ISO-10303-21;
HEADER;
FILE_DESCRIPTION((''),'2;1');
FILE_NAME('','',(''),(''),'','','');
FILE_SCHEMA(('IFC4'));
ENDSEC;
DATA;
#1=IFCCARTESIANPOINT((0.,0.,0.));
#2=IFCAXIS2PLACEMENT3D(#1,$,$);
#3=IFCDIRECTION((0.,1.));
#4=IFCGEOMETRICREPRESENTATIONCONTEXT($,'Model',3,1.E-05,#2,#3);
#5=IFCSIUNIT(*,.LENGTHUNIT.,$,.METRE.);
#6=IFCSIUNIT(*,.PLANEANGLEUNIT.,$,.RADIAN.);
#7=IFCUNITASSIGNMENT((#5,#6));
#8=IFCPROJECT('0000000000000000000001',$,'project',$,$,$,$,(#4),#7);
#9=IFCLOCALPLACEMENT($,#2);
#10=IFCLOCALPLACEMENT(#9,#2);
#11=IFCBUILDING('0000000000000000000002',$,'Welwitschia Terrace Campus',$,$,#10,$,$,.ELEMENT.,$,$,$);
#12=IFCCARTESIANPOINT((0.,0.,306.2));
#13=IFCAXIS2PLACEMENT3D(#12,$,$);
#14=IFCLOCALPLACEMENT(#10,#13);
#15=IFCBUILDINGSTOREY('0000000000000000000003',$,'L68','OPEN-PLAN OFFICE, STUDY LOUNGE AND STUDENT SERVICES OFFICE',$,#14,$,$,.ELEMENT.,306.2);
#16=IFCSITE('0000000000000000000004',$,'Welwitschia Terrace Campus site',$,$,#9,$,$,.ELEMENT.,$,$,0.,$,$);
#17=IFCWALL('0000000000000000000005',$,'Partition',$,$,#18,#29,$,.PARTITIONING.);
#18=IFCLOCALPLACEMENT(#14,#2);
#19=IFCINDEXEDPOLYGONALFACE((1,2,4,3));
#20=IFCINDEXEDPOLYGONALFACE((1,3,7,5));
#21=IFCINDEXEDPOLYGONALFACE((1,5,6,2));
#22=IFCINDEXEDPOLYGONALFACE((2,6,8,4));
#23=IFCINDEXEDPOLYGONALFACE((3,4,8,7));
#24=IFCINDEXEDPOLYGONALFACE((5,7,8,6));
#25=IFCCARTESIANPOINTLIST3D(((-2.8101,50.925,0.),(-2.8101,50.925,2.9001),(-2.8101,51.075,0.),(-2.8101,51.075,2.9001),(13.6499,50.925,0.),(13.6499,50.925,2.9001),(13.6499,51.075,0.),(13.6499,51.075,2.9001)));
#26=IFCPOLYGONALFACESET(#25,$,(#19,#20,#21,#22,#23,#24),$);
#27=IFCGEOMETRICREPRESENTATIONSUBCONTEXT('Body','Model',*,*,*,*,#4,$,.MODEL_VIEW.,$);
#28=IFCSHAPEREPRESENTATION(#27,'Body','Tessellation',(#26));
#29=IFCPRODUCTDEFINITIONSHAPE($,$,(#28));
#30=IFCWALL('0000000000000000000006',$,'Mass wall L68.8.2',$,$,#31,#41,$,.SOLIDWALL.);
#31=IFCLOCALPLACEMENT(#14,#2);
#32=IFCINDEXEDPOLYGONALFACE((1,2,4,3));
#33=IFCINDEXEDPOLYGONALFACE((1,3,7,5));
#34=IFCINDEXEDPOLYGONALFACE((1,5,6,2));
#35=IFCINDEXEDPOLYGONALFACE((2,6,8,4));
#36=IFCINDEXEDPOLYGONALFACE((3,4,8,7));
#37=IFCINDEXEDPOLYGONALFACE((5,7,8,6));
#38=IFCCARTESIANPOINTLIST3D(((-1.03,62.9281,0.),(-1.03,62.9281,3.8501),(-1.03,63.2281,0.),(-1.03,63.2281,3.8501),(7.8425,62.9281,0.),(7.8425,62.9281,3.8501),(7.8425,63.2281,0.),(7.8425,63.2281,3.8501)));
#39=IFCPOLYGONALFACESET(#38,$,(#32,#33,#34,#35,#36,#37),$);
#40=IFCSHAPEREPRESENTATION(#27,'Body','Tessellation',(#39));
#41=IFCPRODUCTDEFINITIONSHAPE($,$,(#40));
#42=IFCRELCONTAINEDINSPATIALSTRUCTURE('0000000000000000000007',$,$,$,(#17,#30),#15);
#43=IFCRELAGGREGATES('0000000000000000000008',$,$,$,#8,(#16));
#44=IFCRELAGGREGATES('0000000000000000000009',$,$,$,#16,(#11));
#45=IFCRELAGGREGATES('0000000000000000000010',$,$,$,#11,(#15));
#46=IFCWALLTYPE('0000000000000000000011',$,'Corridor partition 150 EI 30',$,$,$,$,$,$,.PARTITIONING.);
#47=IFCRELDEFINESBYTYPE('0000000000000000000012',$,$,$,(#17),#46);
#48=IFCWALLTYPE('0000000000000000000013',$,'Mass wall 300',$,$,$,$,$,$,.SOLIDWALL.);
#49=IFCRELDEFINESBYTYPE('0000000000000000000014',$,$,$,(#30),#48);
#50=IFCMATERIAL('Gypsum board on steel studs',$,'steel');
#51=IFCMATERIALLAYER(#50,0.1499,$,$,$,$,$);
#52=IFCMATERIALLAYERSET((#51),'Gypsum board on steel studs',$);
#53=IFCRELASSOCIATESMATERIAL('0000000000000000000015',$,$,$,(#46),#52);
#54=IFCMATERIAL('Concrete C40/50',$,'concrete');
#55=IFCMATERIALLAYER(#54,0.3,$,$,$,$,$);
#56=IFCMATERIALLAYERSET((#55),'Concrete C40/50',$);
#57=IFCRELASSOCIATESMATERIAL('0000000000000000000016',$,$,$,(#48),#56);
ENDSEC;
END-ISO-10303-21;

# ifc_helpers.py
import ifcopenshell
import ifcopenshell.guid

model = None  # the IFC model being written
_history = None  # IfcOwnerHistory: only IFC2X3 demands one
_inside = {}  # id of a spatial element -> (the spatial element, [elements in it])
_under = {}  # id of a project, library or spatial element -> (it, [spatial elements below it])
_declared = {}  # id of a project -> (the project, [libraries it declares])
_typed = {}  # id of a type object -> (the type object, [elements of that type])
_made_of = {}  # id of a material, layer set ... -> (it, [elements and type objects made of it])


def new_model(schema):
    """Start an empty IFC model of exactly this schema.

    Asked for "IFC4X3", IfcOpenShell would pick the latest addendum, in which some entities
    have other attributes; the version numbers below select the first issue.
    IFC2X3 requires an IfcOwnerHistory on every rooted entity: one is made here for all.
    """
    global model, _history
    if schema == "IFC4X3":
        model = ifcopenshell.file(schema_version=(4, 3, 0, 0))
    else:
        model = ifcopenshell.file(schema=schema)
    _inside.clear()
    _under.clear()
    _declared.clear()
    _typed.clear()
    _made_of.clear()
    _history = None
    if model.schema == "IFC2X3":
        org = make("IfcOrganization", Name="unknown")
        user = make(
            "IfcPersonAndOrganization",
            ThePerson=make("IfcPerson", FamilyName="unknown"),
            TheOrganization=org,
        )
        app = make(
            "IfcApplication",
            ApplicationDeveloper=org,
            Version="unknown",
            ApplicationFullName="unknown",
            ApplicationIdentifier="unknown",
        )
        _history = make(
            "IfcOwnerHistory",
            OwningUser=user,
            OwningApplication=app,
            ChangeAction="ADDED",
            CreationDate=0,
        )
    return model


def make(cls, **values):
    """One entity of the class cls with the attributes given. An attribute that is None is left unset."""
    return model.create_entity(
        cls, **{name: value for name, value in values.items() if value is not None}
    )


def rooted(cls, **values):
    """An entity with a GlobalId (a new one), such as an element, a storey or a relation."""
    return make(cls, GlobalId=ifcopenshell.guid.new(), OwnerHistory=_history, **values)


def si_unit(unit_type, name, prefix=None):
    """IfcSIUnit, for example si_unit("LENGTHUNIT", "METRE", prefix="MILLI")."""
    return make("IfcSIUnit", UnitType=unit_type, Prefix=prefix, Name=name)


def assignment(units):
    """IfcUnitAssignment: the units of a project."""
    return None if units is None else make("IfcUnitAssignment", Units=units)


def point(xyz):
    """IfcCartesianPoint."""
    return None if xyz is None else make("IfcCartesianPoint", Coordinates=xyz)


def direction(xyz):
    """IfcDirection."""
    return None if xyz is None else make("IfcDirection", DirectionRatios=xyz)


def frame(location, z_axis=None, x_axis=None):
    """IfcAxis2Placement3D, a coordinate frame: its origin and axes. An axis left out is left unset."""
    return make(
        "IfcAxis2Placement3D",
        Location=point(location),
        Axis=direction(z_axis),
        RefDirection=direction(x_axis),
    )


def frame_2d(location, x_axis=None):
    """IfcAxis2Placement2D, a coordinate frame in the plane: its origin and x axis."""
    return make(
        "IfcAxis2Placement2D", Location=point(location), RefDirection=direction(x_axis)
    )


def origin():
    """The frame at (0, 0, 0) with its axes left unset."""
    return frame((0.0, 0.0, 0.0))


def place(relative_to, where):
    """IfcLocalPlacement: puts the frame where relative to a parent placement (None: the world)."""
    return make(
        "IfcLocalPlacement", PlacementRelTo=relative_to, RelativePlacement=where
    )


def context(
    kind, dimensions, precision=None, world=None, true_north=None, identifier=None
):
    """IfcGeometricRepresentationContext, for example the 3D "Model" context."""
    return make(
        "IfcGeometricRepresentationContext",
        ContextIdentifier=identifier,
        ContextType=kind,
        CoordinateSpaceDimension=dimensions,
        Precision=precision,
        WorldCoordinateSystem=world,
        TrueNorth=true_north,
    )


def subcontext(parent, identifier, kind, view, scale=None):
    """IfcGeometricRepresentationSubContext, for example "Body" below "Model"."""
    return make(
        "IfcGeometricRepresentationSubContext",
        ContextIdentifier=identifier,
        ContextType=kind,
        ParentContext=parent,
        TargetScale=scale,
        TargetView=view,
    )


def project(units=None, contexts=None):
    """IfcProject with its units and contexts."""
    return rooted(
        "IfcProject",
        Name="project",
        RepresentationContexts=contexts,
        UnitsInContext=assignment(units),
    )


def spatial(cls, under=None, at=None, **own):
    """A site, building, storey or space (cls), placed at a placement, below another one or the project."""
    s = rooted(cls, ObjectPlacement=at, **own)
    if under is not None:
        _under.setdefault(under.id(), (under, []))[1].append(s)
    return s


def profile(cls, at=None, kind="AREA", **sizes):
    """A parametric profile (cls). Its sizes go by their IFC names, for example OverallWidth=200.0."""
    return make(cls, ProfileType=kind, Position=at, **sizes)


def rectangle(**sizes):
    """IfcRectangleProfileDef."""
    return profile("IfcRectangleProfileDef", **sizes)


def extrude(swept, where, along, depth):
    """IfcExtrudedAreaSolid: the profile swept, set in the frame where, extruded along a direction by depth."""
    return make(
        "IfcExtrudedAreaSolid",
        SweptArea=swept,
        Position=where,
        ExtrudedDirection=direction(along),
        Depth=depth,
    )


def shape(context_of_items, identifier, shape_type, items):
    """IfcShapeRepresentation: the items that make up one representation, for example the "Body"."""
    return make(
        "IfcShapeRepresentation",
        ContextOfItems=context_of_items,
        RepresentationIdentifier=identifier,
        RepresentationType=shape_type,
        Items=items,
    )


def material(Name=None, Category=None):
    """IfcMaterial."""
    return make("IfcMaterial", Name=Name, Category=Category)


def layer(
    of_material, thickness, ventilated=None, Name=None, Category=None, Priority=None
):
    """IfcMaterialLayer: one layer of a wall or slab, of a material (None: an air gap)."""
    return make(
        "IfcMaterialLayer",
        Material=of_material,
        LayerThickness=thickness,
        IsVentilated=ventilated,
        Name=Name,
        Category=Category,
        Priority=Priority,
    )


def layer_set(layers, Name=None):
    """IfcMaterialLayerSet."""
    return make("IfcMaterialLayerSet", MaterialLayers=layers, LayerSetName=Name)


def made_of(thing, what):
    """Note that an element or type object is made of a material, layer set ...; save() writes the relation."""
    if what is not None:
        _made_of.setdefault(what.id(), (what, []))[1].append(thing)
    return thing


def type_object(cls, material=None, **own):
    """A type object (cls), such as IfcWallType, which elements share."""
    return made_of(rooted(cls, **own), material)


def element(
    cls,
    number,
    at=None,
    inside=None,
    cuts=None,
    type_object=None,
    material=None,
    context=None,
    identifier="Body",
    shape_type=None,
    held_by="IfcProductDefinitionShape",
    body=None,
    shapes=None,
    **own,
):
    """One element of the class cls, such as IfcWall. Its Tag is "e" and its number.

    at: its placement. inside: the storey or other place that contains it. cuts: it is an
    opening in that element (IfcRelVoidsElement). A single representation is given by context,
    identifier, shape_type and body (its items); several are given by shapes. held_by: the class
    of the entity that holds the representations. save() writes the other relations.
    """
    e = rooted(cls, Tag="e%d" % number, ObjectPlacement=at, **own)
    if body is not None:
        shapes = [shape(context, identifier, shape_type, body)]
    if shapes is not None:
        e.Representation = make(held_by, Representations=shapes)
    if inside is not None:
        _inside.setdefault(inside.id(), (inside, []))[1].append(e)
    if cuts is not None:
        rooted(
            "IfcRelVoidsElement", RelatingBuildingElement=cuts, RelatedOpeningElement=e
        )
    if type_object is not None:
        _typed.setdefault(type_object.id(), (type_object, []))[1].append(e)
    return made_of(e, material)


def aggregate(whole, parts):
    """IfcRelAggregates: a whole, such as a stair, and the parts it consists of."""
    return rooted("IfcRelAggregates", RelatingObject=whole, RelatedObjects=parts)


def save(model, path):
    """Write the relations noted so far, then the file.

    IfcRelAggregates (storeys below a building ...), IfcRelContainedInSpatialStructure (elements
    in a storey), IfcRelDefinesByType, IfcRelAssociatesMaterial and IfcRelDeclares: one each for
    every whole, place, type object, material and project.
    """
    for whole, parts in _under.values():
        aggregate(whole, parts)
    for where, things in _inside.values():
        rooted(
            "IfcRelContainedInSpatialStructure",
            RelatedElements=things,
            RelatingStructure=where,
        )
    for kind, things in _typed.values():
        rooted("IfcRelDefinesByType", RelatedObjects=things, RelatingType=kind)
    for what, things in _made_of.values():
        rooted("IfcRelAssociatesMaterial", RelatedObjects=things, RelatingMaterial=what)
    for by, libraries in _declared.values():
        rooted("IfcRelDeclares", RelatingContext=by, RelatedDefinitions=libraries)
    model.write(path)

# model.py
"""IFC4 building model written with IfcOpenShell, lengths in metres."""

from ifc_helpers import new_model, si_unit, direction, frame, frame_2d, origin, place, context, subcontext, project, spatial, rectangle, extrude, material, layer, layer_set, type_object, element, save


model = new_model("IFC4")

# Units and contexts
model_context = context("Model", 3, precision=1e-05, world=origin(), true_north=direction((0.0, 1.0)))
body_context = subcontext(model_context, "Body", "Model", "MODEL_VIEW")
ifc_project = project(units=[si_unit("LENGTHUNIT", "METRE"), si_unit("PLANEANGLEUNIT", "RADIAN")], contexts=[model_context])

# Site, building, storey
site_placement = place(None, origin())
site = spatial("IfcSite", under=ifc_project, at=site_placement, Name="Welwitschia Terrace Campus site", CompositionType="ELEMENT", RefElevation=0.0)
building_placement = place(site_placement, origin())
building = spatial("IfcBuilding", under=site, at=building_placement, Name="Welwitschia Terrace Campus", CompositionType="ELEMENT")
storey_placement = place(building_placement, frame((0.0, 0.0, 306.2)))
storey = spatial("IfcBuildingStorey", under=building, at=storey_placement, Name="L68", Description="OPEN-PLAN OFFICE, STUDY LOUNGE AND STUDENT SERVICES OFFICE", CompositionType="ELEMENT", Elevation=306.2)

# Walls
ifc_material_1 = material(Name="Gypsum board on steel studs", Category="steel")
ifc_layer_1 = layer(ifc_material_1, 0.1499)
ifc_layer_set_1 = layer_set([ifc_layer_1], Name="Gypsum board on steel studs")
wall_type_1 = type_object("IfcWallType", Name="Corridor partition 150 EI 30", PredefinedType="PARTITIONING", material=ifc_layer_set_1)
wall_1_placement = place(storey_placement, frame((-2.8101, 51.0, 0.0), z_axis=(0.0, 0.0, 1.0), x_axis=(1.0, 0.0, 0.0)))
element("IfcWall", 1, at=wall_1_placement, inside=storey, type_object=wall_type_1, Name="Partition", PredefinedType="PARTITIONING", context=body_context, shape_type="SweptSolid", body=[
    extrude(rectangle(XDim=16.46, YDim=0.1499, at=frame_2d((8.23, 0.0))), origin(), (0.0, 0.0, 1.0), 2.9001),
])
ifc_material_2 = material(Name="Concrete C40/50", Category="concrete")
ifc_layer_2 = layer(ifc_material_2, 0.3)
ifc_layer_set_2 = layer_set([ifc_layer_2], Name="Concrete C40/50")
wall_type_2 = type_object("IfcWallType", Name="Mass wall 300", PredefinedType="SOLIDWALL", material=ifc_layer_set_2)
wall_2_placement = place(storey_placement, frame((7.8425, 63.0781, 0.0), z_axis=(0.0, 0.0, 1.0), x_axis=(-1.0, 0.0, 0.0)))
element("IfcWall", 2, at=wall_2_placement, inside=storey, type_object=wall_type_2, Name="Mass wall L68.8.2", PredefinedType="SOLIDWALL", context=body_context, shape_type="SweptSolid", body=[
    extrude(rectangle(XDim=8.8726, YDim=0.3, at=frame_2d((4.4363, 0.0))), origin(), (0.0, 0.0, 1.0), 3.8501),
])

save(model, "model.ifc")
